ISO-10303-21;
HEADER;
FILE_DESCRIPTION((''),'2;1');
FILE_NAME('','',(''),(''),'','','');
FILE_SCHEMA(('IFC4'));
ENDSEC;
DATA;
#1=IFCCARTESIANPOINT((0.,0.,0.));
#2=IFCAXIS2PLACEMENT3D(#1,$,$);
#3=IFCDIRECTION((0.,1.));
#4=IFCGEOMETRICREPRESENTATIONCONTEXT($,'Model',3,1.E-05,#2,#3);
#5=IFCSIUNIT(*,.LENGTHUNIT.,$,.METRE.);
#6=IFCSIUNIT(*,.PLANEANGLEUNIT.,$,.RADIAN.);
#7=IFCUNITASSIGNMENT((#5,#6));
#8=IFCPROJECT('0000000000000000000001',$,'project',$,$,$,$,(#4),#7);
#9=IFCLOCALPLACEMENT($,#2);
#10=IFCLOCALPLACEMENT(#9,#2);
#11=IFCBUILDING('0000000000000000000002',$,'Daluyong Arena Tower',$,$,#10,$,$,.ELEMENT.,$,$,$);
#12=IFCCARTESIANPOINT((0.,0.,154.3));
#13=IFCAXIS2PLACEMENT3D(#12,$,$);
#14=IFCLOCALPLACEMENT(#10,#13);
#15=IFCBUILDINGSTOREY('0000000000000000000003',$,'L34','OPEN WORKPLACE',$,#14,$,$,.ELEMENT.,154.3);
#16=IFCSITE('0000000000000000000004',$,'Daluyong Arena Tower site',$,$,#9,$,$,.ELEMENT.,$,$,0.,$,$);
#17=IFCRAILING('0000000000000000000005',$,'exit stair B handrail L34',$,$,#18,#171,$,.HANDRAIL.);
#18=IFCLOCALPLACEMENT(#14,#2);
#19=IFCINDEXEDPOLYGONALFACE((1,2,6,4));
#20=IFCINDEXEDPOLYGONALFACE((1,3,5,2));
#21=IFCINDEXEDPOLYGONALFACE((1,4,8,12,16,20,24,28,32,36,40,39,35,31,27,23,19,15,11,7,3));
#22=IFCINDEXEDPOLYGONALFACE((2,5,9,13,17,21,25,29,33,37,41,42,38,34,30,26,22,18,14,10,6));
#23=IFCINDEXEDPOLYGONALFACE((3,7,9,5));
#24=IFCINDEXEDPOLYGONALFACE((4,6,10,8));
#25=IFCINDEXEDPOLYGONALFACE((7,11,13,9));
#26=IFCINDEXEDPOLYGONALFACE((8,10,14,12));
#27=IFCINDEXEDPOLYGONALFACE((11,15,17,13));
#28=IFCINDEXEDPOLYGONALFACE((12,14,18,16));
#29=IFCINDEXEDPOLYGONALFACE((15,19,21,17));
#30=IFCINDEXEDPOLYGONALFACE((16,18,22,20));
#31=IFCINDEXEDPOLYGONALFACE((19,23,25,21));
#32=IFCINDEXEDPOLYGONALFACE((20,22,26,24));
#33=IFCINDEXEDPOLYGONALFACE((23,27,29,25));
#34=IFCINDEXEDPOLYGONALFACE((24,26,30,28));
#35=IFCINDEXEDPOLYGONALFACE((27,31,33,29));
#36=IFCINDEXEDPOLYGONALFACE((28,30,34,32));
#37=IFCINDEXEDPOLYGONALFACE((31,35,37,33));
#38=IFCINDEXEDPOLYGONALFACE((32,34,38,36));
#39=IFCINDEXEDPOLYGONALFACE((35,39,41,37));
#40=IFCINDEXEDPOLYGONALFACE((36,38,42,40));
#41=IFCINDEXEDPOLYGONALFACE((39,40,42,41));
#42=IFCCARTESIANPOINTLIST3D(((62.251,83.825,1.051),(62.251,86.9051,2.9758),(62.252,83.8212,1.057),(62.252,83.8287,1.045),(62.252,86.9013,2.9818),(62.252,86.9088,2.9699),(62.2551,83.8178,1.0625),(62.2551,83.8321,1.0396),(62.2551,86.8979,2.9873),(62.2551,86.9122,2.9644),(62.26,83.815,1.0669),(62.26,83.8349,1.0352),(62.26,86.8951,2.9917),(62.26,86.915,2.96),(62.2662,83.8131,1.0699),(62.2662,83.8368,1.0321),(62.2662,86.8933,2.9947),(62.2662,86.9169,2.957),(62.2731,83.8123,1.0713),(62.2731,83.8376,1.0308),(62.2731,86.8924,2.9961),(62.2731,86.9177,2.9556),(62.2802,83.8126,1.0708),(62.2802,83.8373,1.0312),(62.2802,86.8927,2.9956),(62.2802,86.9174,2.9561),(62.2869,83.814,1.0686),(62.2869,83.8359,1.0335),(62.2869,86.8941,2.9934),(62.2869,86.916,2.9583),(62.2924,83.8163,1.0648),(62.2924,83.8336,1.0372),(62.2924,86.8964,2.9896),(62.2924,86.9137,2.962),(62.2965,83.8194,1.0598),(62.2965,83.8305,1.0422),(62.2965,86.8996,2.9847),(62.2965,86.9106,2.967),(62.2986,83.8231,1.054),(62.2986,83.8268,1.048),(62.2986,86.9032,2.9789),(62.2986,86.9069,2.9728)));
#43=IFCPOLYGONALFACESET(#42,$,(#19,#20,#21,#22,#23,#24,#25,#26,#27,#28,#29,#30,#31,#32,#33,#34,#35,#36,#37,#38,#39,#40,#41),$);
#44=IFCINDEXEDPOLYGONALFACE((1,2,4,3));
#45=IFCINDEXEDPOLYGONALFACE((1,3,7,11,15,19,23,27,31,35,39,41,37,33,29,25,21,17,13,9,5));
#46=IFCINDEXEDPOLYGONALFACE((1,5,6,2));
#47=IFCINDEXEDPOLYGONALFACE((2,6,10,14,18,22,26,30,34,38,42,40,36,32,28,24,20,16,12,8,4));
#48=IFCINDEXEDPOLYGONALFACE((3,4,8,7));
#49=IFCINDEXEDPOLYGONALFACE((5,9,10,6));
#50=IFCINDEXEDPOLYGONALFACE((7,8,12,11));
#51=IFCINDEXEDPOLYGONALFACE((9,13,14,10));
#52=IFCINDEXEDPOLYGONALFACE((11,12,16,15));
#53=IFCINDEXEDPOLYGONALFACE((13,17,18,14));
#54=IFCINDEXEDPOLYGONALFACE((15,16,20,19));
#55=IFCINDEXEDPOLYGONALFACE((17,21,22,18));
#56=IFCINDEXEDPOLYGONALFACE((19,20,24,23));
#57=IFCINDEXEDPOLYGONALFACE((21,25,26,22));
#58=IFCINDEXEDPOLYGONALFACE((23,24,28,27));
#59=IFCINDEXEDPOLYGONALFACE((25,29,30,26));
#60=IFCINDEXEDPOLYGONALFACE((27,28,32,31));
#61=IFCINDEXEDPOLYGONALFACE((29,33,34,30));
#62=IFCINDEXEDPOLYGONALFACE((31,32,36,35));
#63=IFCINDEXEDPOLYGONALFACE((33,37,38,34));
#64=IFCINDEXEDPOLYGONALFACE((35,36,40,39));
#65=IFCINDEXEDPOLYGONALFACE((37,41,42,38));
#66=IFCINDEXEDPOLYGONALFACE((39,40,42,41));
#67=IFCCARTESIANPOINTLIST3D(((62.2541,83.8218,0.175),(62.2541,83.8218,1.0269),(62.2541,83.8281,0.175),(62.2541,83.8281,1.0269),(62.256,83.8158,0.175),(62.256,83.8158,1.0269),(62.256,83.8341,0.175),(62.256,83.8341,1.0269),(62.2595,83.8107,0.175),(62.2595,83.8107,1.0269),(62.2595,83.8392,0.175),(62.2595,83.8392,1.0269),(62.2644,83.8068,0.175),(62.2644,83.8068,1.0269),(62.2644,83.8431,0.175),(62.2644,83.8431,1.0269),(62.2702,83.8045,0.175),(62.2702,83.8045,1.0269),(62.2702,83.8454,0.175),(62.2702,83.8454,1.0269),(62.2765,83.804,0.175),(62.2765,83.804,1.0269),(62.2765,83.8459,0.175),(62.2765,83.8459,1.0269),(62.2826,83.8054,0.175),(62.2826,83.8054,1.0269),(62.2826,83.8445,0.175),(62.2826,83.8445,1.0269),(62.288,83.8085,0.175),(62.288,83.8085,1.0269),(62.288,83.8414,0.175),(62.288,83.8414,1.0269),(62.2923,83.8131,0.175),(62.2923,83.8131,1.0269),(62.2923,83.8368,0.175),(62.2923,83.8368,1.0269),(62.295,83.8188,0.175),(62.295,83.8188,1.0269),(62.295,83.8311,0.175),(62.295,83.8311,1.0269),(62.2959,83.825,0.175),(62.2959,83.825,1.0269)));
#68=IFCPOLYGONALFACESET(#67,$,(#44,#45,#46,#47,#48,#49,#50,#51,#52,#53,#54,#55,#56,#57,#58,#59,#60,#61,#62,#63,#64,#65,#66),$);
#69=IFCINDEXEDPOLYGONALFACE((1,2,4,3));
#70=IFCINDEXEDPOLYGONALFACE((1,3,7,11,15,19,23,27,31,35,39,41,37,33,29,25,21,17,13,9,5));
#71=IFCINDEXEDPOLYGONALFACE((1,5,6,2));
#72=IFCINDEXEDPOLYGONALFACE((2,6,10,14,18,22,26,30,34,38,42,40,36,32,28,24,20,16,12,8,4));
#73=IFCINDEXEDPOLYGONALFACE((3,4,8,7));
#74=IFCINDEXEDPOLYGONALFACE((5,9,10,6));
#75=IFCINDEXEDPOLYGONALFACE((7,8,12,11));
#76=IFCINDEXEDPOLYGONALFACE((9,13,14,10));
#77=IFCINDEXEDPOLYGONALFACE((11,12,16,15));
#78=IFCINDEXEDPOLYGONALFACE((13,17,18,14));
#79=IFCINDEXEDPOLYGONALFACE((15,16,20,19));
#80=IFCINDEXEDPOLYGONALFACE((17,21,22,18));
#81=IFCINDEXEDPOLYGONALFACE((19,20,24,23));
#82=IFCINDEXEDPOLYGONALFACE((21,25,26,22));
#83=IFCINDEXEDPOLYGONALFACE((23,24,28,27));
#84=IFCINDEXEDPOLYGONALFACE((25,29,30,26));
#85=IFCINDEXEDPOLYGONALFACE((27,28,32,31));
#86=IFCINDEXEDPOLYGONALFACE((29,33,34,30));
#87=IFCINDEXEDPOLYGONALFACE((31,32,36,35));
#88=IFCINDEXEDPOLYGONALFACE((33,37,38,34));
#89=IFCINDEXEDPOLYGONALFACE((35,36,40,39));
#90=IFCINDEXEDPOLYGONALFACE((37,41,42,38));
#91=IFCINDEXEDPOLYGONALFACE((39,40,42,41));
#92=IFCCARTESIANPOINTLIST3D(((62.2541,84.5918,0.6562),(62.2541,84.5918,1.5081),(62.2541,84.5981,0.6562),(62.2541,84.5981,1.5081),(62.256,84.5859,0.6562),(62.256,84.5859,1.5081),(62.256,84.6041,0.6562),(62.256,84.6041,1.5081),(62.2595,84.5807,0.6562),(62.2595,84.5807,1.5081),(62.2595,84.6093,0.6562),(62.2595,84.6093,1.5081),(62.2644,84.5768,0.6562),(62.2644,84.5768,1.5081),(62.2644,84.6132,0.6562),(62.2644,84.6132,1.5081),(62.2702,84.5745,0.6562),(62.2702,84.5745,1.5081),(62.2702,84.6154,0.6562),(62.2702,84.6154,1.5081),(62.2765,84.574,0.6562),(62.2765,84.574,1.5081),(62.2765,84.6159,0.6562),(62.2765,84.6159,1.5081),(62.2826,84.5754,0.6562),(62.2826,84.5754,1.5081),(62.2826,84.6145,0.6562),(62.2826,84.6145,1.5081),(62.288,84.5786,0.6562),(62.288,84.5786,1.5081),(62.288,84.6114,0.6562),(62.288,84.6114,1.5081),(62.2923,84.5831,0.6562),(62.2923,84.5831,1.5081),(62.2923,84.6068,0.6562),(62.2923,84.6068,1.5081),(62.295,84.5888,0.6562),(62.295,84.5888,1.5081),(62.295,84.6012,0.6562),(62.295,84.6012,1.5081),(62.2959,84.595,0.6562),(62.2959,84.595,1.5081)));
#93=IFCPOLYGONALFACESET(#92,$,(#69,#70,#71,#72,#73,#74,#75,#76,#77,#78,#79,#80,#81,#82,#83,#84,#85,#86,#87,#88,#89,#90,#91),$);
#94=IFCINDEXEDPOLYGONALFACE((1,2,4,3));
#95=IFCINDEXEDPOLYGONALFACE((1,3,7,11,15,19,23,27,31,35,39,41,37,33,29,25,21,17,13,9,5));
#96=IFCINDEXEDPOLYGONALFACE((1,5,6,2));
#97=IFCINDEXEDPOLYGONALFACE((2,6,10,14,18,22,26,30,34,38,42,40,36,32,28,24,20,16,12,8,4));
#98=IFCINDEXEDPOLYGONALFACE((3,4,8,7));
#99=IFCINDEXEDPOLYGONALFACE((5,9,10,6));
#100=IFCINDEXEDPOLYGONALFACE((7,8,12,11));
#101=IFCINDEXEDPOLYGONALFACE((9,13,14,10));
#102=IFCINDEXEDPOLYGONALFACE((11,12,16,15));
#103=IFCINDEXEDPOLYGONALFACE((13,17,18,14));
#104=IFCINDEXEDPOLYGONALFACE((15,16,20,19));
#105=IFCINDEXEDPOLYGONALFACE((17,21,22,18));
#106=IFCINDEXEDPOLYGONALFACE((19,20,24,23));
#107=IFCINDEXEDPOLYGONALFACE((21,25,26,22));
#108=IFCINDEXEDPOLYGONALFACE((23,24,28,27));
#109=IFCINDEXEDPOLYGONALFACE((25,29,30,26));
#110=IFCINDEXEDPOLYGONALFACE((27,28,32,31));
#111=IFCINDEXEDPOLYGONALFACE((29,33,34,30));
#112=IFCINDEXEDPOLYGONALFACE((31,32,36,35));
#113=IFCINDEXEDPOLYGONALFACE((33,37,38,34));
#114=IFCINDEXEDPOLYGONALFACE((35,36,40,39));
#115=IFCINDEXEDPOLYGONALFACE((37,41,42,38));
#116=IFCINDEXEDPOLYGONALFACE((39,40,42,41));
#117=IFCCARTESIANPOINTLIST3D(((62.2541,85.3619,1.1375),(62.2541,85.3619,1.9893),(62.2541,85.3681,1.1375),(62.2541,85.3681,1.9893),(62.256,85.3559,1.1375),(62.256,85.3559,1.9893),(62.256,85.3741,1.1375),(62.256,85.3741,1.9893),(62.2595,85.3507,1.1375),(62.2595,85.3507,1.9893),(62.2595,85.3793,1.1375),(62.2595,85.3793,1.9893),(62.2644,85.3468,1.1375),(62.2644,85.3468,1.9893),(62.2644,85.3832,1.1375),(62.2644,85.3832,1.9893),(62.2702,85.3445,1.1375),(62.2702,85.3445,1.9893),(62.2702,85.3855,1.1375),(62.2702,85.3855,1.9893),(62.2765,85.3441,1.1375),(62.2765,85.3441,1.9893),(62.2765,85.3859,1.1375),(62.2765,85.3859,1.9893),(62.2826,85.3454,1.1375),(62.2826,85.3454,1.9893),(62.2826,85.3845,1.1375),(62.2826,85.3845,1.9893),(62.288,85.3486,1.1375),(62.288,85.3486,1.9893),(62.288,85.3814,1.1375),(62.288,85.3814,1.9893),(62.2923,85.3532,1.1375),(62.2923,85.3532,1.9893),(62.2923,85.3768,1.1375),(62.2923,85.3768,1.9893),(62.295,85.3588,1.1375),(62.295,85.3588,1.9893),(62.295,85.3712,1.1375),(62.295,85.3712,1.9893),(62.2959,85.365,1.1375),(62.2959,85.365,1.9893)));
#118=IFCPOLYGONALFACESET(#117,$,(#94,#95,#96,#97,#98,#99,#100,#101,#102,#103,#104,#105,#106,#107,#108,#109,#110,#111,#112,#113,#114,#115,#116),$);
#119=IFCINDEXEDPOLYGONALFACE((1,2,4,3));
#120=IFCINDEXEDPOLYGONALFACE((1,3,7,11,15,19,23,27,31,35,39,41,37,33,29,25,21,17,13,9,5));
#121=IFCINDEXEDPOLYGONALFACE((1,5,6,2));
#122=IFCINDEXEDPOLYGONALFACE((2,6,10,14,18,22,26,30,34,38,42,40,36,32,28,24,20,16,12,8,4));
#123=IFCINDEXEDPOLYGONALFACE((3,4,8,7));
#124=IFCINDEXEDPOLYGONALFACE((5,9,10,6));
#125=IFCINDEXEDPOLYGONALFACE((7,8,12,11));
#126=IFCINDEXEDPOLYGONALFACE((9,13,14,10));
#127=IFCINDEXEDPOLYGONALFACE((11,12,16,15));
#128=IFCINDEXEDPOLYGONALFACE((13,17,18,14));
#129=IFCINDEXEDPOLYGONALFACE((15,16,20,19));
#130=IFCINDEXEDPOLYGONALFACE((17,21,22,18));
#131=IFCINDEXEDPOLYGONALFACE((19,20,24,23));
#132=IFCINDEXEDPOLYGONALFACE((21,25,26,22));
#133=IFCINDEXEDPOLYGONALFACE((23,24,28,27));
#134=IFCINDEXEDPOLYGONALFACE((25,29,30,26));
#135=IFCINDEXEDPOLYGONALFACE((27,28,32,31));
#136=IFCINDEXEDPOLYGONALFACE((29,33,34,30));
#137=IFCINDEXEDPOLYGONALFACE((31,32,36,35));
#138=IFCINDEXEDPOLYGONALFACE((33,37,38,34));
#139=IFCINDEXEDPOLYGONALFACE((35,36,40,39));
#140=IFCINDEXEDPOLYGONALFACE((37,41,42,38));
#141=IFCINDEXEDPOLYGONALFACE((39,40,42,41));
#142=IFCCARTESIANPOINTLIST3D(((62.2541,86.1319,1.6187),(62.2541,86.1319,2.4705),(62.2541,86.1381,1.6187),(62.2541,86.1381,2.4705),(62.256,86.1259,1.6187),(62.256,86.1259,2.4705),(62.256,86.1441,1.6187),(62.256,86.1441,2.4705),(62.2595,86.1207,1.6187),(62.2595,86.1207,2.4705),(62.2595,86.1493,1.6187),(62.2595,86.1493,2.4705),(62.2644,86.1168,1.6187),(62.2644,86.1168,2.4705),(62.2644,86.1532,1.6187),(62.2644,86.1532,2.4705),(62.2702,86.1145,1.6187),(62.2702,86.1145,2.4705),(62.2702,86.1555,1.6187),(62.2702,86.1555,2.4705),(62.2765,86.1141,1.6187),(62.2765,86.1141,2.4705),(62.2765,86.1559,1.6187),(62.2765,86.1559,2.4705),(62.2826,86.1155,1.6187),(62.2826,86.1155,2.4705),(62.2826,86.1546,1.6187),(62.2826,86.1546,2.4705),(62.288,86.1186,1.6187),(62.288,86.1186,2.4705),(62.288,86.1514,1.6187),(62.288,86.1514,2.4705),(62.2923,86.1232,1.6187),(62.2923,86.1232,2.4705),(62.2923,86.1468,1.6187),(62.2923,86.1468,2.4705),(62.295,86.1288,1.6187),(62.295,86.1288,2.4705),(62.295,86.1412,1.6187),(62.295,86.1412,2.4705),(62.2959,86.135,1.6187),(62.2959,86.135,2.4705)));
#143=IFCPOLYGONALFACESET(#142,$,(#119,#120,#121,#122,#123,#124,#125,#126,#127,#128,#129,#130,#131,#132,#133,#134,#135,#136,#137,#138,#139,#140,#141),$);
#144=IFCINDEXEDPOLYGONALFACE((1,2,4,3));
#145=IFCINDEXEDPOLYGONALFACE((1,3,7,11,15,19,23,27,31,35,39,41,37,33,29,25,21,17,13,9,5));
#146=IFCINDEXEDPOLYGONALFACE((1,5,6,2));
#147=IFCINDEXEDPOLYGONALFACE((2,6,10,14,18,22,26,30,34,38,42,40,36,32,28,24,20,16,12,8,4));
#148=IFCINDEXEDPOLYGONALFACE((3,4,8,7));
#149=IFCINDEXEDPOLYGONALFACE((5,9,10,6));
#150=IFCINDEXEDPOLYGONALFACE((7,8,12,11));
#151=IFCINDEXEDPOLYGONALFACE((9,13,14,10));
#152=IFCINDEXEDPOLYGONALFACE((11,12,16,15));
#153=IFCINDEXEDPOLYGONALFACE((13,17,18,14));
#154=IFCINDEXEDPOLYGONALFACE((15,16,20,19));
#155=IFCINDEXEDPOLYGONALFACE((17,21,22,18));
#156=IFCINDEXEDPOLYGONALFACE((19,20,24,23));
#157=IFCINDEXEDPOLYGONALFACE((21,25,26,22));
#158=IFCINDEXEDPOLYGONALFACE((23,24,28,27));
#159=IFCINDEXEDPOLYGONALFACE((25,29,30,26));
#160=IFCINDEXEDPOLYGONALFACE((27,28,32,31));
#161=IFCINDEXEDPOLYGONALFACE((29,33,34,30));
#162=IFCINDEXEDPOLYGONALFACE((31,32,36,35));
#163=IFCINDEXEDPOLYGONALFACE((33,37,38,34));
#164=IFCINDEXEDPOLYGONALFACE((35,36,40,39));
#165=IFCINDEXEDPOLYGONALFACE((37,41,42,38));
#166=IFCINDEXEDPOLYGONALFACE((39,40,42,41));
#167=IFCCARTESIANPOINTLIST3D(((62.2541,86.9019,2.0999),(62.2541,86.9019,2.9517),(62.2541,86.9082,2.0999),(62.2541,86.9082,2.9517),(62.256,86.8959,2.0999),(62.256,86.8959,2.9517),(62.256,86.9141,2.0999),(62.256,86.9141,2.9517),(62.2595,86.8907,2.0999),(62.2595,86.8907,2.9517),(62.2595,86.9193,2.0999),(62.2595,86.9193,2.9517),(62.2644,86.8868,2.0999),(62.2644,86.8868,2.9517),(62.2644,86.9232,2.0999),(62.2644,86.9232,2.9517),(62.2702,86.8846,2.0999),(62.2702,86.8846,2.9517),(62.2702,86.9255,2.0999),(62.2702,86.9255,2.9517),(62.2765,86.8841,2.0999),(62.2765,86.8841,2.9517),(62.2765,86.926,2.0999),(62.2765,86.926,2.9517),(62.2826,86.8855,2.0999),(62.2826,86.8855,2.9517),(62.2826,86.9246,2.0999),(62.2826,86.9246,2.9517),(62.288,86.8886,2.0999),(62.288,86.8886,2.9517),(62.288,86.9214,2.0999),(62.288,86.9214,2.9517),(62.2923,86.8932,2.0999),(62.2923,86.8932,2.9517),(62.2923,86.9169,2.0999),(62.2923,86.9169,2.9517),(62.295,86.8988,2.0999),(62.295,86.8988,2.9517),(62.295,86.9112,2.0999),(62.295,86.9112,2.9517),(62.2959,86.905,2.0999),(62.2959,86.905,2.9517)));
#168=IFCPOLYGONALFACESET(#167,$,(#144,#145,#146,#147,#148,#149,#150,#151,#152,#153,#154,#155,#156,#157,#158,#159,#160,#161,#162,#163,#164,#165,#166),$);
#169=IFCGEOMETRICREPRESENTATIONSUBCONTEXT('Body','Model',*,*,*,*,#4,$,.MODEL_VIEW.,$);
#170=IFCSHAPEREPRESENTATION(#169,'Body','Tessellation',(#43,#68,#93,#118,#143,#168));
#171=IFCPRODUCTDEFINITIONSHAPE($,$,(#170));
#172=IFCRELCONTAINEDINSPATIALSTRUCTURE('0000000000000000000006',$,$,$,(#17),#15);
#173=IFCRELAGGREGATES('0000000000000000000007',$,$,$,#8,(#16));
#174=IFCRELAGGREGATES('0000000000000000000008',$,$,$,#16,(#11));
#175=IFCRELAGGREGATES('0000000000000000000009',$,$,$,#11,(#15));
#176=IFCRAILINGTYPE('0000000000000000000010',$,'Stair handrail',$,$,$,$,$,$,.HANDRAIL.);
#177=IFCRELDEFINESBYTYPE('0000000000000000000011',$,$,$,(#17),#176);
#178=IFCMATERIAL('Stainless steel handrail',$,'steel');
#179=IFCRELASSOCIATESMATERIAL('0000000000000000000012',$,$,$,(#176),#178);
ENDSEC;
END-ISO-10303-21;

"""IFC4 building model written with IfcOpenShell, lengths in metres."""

from ifc_helpers import new_model, si_unit, direction, frame, origin, origin_2d, place, context, subcontext, project, spatial, circle, extrude, material, type_object, element, save


model = new_model("IFC4")

# Units and contexts
model_context = context("Model", 3, precision=1e-05, world=origin(), true_north=direction((0.0, 1.0)))
body_context = subcontext(model_context, "Body", "Model", "MODEL_VIEW")
ifc_project = project(units=[si_unit("LENGTHUNIT", "METRE"), si_unit("PLANEANGLEUNIT", "RADIAN")], contexts=[model_context])

# Site, building, storey
site_placement = place(None, origin())
site = spatial("IfcSite", under=ifc_project, at=site_placement, Name="Daluyong Arena Tower site", CompositionType="ELEMENT", RefElevation=0.0)
building_placement = place(site_placement, origin())
building = spatial("IfcBuilding", under=site, at=building_placement, Name="Daluyong Arena Tower", CompositionType="ELEMENT")
storey_placement = place(building_placement, frame((0.0, 0.0, 154.3)))
storey = spatial("IfcBuildingStorey", under=building, at=storey_placement, Name="L34", Description="OPEN WORKPLACE", CompositionType="ELEMENT", Elevation=154.3)

# Railing
ifc_material_1 = material(Name="Stainless steel handrail", Category="steel")
railing_type_1 = type_object("IfcRailingType", Name="Stair handrail", PredefinedType="HANDRAIL", material=ifc_material_1)
railing_1_placement = place(storey_placement, frame((62.2749, 83.825, 0.175)))
element("IfcRailing", 1, at=railing_1_placement, inside=storey, type_object=railing_type_1, Name="exit stair B handrail L34", PredefinedType="HANDRAIL", context=body_context, shape_type="SweptSolid", body=[
    extrude(circle(Radius=0.0239, at=origin_2d()), frame((0.0, 0.0, 0.876), z_axis=(0.0, 0.848029, 0.529951), x_axis=(-1.0, 0.0, 0.0)), (0.0, 0.0, 1.0), 3.6321),
    extrude(circle(Radius=0.021, at=origin_2d()), origin(), (0.0, 0.0, 1.0), 0.8518),
    extrude(circle(Radius=0.021, at=origin_2d()), frame((0.0, 0.77, 0.4812)), (0.0, 0.0, 1.0), 0.8518),
    extrude(circle(Radius=0.021, at=origin_2d()), frame((0.0, 1.54, 0.9624)), (0.0, 0.0, 1.0), 0.8518),
    extrude(circle(Radius=0.021, at=origin_2d()), frame((0.0, 2.3101, 1.4436)), (0.0, 0.0, 1.0), 0.8518),
    extrude(circle(Radius=0.021, at=origin_2d()), frame((0.0, 3.0801, 1.9248)), (0.0, 0.0, 1.0), 0.8518),
])

save(model, "model.ifc")
